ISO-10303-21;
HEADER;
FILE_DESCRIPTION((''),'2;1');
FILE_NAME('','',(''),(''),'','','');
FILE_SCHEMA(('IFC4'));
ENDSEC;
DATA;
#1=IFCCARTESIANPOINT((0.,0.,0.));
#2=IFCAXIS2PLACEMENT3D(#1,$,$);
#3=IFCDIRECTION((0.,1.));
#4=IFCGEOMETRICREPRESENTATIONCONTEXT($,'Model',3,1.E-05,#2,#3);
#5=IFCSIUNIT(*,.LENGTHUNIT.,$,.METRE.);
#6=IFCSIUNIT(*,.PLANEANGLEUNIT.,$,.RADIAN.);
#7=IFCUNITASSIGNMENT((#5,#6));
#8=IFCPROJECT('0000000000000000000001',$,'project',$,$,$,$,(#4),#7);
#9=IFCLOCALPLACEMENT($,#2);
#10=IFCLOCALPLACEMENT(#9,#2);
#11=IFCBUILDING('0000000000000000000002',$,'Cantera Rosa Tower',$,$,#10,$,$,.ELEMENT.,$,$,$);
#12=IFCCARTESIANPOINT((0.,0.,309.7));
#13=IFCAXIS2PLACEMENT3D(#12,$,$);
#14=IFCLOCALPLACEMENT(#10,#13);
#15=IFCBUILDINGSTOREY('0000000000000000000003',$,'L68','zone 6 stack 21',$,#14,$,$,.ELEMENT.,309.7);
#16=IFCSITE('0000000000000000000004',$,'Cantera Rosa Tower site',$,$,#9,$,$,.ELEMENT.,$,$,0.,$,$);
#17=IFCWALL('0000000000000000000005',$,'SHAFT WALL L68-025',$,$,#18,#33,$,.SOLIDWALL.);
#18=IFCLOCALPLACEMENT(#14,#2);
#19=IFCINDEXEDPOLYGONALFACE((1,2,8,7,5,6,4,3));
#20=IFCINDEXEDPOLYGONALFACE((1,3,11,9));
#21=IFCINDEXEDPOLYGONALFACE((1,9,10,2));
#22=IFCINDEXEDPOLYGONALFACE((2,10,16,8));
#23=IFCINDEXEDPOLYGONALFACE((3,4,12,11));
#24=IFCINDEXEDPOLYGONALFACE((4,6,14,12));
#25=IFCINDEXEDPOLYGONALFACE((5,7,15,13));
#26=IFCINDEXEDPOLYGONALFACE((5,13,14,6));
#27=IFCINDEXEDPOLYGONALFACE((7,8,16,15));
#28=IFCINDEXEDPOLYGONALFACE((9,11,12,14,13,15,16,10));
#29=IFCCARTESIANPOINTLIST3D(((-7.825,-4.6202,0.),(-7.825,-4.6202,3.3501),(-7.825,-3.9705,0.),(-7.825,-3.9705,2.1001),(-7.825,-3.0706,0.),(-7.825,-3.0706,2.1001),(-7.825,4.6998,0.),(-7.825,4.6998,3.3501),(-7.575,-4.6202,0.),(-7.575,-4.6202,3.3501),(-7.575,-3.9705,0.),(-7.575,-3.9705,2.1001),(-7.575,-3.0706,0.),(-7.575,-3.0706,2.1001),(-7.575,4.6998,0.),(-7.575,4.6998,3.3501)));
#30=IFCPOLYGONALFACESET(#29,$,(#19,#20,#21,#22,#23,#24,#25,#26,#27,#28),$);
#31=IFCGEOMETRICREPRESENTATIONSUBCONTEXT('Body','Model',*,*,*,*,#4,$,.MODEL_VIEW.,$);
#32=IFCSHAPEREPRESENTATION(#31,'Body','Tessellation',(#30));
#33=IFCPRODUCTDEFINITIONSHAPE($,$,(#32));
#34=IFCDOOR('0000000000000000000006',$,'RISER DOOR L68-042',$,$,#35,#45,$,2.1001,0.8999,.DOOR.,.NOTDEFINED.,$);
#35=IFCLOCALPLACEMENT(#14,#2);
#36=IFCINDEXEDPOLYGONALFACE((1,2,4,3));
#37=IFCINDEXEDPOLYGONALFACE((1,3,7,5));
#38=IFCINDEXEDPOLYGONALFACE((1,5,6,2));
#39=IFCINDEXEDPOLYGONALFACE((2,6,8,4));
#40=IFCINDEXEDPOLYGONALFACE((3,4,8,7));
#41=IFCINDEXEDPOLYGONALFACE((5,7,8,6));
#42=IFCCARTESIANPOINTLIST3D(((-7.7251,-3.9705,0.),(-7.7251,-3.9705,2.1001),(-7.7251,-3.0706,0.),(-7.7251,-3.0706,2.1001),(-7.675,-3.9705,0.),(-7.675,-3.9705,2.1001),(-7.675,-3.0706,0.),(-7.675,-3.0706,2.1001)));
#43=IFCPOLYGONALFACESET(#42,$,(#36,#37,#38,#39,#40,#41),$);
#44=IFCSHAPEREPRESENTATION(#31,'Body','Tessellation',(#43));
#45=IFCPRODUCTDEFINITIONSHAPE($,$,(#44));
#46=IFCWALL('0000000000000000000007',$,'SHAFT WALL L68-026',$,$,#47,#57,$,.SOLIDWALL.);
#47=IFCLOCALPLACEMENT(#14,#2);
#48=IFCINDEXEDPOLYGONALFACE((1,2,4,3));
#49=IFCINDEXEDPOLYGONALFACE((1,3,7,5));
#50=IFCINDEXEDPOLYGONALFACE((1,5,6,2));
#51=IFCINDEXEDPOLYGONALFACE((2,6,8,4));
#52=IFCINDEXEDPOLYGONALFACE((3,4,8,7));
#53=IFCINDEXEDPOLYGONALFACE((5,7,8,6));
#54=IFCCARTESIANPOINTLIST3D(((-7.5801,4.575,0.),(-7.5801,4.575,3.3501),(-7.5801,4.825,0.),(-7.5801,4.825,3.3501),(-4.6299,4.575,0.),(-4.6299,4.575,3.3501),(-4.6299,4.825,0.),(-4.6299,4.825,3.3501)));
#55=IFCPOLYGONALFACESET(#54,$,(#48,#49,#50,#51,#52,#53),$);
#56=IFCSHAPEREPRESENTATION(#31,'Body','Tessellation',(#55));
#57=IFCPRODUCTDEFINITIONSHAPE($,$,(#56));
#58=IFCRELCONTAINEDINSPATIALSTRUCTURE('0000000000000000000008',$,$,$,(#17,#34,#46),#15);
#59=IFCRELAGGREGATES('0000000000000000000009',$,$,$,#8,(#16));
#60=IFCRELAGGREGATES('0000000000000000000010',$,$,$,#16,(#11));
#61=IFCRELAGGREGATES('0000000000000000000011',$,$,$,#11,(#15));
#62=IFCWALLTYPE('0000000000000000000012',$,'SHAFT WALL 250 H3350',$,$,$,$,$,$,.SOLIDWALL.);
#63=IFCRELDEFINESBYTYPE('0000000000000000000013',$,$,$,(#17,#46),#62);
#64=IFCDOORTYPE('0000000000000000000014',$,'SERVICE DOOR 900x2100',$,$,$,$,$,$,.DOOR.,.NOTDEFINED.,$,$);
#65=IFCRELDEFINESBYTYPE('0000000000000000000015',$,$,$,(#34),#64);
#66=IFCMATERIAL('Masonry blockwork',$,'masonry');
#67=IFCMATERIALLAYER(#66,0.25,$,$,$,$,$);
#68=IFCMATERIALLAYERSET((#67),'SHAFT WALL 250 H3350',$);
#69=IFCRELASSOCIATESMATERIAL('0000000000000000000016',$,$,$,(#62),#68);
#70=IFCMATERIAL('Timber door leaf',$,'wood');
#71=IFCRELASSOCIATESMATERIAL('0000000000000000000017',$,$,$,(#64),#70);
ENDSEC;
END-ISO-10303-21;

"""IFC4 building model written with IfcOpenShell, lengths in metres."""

from ifc_helpers import new_model, si_unit, direction, frame, frame_2d, origin, place, context, subcontext, project, spatial, rectangle, extrude, material, layer, layer_set, type_object, element, fill, save


model = new_model("IFC4")

# Units and contexts
model_context = context("Model", 3, precision=1e-05, world=origin(), true_north=direction((0.0, 1.0)))
body_context = subcontext(model_context, "Body", "Model", "MODEL_VIEW")
ifc_project = project(units=[si_unit("LENGTHUNIT", "METRE"), si_unit("PLANEANGLEUNIT", "RADIAN")], contexts=[model_context])

# Site, building, storey
site_placement = place(None, origin())
site = spatial("IfcSite", under=ifc_project, at=site_placement, Name="Cantera Rosa Tower site", CompositionType="ELEMENT", RefElevation=0.0)
building_placement = place(site_placement, origin())
building = spatial("IfcBuilding", under=site, at=building_placement, Name="Cantera Rosa Tower", CompositionType="ELEMENT")
storey_placement = place(building_placement, frame((0.0, 0.0, 309.7)))
storey = spatial("IfcBuildingStorey", under=building, at=storey_placement, Name="L68", Description="zone 6 stack 21", CompositionType="ELEMENT", Elevation=309.7)

# Shared definitions
ifc_material_1 = material(Name="Masonry blockwork", Category="masonry")
ifc_layer_1 = layer(ifc_material_1, 0.25)
ifc_layer_set_1 = layer_set([ifc_layer_1], Name="SHAFT WALL 250 H3350")
wall_type_1 = type_object("IfcWallType", Name="SHAFT WALL 250 H3350", PredefinedType="SOLIDWALL", material=ifc_layer_set_1)

# Wall, opening, door
wall_1_placement = place(storey_placement, frame((-7.7, 4.7, 0.0), z_axis=(0.0, 0.0, 1.0), x_axis=(0.0, -1.0, 0.0)))
wall_1 = element("IfcWall", 1, at=wall_1_placement, inside=storey, type_object=wall_type_1, Name="SHAFT WALL L68-025", PredefinedType="SOLIDWALL", context=body_context, shape_type="SweptSolid", body=[
    extrude(rectangle(XDim=9.3201, YDim=0.25, at=frame_2d((4.6602, 0.0))), origin(), (0.0, 0.0, 1.0), 3.3501),
])
opening_placement = place(wall_1_placement, frame((7.7705, 0.0, 0.0)))
opening = element("IfcOpeningElement", 2, at=opening_placement, cuts=wall_1, PredefinedType="OPENING", context=body_context, shape_type="SweptSolid", body=[
    extrude(rectangle(XDim=0.8999, YDim=2.1001, at=frame_2d((0.45, 1.05))), frame((0.0, 0.135, 0.0), z_axis=(0.0, -1.0, 0.0), x_axis=(1.0, 0.0, 0.0)), (0.0, 0.0, 1.0), 0.27),
])
ifc_material_2 = material(Name="Timber door leaf", Category="wood")
door_type = type_object("IfcDoorType", Name="SERVICE DOOR 900x2100", OperationType="NOTDEFINED", PredefinedType="DOOR", material=ifc_material_2)
door_placement = place(opening_placement, origin())
door = element("IfcDoor", 3, at=door_placement, inside=storey, type_object=door_type, Name="RISER DOOR L68-042", OperationType="NOTDEFINED", OverallHeight=2.1001, OverallWidth=0.8999, PredefinedType="DOOR", context=body_context, shape_type="SweptSolid", body=[
    extrude(rectangle(XDim=0.8999, YDim=2.1001, at=frame_2d((0.45, 1.05))), frame((0.0, 0.0249, 0.0), z_axis=(0.0, -1.0, 0.0), x_axis=(1.0, 0.0, 0.0)), (0.0, 0.0, 1.0), 0.05),
])
fill(opening, door)

# Wall
wall_2_placement = place(storey_placement, frame((-7.5801, 4.7, 0.0), z_axis=(0.0, 0.0, 1.0), x_axis=(1.0, 0.0, 0.0)))
element("IfcWall", 4, at=wall_2_placement, inside=storey, type_object=wall_type_1, Name="SHAFT WALL L68-026", PredefinedType="SOLIDWALL", context=body_context, shape_type="SweptSolid", body=[
    extrude(rectangle(XDim=2.9502, YDim=0.25, at=frame_2d((1.4751, 0.0))), origin(), (0.0, 0.0, 1.0), 3.3501),
])

save(model, "model.ifc")
